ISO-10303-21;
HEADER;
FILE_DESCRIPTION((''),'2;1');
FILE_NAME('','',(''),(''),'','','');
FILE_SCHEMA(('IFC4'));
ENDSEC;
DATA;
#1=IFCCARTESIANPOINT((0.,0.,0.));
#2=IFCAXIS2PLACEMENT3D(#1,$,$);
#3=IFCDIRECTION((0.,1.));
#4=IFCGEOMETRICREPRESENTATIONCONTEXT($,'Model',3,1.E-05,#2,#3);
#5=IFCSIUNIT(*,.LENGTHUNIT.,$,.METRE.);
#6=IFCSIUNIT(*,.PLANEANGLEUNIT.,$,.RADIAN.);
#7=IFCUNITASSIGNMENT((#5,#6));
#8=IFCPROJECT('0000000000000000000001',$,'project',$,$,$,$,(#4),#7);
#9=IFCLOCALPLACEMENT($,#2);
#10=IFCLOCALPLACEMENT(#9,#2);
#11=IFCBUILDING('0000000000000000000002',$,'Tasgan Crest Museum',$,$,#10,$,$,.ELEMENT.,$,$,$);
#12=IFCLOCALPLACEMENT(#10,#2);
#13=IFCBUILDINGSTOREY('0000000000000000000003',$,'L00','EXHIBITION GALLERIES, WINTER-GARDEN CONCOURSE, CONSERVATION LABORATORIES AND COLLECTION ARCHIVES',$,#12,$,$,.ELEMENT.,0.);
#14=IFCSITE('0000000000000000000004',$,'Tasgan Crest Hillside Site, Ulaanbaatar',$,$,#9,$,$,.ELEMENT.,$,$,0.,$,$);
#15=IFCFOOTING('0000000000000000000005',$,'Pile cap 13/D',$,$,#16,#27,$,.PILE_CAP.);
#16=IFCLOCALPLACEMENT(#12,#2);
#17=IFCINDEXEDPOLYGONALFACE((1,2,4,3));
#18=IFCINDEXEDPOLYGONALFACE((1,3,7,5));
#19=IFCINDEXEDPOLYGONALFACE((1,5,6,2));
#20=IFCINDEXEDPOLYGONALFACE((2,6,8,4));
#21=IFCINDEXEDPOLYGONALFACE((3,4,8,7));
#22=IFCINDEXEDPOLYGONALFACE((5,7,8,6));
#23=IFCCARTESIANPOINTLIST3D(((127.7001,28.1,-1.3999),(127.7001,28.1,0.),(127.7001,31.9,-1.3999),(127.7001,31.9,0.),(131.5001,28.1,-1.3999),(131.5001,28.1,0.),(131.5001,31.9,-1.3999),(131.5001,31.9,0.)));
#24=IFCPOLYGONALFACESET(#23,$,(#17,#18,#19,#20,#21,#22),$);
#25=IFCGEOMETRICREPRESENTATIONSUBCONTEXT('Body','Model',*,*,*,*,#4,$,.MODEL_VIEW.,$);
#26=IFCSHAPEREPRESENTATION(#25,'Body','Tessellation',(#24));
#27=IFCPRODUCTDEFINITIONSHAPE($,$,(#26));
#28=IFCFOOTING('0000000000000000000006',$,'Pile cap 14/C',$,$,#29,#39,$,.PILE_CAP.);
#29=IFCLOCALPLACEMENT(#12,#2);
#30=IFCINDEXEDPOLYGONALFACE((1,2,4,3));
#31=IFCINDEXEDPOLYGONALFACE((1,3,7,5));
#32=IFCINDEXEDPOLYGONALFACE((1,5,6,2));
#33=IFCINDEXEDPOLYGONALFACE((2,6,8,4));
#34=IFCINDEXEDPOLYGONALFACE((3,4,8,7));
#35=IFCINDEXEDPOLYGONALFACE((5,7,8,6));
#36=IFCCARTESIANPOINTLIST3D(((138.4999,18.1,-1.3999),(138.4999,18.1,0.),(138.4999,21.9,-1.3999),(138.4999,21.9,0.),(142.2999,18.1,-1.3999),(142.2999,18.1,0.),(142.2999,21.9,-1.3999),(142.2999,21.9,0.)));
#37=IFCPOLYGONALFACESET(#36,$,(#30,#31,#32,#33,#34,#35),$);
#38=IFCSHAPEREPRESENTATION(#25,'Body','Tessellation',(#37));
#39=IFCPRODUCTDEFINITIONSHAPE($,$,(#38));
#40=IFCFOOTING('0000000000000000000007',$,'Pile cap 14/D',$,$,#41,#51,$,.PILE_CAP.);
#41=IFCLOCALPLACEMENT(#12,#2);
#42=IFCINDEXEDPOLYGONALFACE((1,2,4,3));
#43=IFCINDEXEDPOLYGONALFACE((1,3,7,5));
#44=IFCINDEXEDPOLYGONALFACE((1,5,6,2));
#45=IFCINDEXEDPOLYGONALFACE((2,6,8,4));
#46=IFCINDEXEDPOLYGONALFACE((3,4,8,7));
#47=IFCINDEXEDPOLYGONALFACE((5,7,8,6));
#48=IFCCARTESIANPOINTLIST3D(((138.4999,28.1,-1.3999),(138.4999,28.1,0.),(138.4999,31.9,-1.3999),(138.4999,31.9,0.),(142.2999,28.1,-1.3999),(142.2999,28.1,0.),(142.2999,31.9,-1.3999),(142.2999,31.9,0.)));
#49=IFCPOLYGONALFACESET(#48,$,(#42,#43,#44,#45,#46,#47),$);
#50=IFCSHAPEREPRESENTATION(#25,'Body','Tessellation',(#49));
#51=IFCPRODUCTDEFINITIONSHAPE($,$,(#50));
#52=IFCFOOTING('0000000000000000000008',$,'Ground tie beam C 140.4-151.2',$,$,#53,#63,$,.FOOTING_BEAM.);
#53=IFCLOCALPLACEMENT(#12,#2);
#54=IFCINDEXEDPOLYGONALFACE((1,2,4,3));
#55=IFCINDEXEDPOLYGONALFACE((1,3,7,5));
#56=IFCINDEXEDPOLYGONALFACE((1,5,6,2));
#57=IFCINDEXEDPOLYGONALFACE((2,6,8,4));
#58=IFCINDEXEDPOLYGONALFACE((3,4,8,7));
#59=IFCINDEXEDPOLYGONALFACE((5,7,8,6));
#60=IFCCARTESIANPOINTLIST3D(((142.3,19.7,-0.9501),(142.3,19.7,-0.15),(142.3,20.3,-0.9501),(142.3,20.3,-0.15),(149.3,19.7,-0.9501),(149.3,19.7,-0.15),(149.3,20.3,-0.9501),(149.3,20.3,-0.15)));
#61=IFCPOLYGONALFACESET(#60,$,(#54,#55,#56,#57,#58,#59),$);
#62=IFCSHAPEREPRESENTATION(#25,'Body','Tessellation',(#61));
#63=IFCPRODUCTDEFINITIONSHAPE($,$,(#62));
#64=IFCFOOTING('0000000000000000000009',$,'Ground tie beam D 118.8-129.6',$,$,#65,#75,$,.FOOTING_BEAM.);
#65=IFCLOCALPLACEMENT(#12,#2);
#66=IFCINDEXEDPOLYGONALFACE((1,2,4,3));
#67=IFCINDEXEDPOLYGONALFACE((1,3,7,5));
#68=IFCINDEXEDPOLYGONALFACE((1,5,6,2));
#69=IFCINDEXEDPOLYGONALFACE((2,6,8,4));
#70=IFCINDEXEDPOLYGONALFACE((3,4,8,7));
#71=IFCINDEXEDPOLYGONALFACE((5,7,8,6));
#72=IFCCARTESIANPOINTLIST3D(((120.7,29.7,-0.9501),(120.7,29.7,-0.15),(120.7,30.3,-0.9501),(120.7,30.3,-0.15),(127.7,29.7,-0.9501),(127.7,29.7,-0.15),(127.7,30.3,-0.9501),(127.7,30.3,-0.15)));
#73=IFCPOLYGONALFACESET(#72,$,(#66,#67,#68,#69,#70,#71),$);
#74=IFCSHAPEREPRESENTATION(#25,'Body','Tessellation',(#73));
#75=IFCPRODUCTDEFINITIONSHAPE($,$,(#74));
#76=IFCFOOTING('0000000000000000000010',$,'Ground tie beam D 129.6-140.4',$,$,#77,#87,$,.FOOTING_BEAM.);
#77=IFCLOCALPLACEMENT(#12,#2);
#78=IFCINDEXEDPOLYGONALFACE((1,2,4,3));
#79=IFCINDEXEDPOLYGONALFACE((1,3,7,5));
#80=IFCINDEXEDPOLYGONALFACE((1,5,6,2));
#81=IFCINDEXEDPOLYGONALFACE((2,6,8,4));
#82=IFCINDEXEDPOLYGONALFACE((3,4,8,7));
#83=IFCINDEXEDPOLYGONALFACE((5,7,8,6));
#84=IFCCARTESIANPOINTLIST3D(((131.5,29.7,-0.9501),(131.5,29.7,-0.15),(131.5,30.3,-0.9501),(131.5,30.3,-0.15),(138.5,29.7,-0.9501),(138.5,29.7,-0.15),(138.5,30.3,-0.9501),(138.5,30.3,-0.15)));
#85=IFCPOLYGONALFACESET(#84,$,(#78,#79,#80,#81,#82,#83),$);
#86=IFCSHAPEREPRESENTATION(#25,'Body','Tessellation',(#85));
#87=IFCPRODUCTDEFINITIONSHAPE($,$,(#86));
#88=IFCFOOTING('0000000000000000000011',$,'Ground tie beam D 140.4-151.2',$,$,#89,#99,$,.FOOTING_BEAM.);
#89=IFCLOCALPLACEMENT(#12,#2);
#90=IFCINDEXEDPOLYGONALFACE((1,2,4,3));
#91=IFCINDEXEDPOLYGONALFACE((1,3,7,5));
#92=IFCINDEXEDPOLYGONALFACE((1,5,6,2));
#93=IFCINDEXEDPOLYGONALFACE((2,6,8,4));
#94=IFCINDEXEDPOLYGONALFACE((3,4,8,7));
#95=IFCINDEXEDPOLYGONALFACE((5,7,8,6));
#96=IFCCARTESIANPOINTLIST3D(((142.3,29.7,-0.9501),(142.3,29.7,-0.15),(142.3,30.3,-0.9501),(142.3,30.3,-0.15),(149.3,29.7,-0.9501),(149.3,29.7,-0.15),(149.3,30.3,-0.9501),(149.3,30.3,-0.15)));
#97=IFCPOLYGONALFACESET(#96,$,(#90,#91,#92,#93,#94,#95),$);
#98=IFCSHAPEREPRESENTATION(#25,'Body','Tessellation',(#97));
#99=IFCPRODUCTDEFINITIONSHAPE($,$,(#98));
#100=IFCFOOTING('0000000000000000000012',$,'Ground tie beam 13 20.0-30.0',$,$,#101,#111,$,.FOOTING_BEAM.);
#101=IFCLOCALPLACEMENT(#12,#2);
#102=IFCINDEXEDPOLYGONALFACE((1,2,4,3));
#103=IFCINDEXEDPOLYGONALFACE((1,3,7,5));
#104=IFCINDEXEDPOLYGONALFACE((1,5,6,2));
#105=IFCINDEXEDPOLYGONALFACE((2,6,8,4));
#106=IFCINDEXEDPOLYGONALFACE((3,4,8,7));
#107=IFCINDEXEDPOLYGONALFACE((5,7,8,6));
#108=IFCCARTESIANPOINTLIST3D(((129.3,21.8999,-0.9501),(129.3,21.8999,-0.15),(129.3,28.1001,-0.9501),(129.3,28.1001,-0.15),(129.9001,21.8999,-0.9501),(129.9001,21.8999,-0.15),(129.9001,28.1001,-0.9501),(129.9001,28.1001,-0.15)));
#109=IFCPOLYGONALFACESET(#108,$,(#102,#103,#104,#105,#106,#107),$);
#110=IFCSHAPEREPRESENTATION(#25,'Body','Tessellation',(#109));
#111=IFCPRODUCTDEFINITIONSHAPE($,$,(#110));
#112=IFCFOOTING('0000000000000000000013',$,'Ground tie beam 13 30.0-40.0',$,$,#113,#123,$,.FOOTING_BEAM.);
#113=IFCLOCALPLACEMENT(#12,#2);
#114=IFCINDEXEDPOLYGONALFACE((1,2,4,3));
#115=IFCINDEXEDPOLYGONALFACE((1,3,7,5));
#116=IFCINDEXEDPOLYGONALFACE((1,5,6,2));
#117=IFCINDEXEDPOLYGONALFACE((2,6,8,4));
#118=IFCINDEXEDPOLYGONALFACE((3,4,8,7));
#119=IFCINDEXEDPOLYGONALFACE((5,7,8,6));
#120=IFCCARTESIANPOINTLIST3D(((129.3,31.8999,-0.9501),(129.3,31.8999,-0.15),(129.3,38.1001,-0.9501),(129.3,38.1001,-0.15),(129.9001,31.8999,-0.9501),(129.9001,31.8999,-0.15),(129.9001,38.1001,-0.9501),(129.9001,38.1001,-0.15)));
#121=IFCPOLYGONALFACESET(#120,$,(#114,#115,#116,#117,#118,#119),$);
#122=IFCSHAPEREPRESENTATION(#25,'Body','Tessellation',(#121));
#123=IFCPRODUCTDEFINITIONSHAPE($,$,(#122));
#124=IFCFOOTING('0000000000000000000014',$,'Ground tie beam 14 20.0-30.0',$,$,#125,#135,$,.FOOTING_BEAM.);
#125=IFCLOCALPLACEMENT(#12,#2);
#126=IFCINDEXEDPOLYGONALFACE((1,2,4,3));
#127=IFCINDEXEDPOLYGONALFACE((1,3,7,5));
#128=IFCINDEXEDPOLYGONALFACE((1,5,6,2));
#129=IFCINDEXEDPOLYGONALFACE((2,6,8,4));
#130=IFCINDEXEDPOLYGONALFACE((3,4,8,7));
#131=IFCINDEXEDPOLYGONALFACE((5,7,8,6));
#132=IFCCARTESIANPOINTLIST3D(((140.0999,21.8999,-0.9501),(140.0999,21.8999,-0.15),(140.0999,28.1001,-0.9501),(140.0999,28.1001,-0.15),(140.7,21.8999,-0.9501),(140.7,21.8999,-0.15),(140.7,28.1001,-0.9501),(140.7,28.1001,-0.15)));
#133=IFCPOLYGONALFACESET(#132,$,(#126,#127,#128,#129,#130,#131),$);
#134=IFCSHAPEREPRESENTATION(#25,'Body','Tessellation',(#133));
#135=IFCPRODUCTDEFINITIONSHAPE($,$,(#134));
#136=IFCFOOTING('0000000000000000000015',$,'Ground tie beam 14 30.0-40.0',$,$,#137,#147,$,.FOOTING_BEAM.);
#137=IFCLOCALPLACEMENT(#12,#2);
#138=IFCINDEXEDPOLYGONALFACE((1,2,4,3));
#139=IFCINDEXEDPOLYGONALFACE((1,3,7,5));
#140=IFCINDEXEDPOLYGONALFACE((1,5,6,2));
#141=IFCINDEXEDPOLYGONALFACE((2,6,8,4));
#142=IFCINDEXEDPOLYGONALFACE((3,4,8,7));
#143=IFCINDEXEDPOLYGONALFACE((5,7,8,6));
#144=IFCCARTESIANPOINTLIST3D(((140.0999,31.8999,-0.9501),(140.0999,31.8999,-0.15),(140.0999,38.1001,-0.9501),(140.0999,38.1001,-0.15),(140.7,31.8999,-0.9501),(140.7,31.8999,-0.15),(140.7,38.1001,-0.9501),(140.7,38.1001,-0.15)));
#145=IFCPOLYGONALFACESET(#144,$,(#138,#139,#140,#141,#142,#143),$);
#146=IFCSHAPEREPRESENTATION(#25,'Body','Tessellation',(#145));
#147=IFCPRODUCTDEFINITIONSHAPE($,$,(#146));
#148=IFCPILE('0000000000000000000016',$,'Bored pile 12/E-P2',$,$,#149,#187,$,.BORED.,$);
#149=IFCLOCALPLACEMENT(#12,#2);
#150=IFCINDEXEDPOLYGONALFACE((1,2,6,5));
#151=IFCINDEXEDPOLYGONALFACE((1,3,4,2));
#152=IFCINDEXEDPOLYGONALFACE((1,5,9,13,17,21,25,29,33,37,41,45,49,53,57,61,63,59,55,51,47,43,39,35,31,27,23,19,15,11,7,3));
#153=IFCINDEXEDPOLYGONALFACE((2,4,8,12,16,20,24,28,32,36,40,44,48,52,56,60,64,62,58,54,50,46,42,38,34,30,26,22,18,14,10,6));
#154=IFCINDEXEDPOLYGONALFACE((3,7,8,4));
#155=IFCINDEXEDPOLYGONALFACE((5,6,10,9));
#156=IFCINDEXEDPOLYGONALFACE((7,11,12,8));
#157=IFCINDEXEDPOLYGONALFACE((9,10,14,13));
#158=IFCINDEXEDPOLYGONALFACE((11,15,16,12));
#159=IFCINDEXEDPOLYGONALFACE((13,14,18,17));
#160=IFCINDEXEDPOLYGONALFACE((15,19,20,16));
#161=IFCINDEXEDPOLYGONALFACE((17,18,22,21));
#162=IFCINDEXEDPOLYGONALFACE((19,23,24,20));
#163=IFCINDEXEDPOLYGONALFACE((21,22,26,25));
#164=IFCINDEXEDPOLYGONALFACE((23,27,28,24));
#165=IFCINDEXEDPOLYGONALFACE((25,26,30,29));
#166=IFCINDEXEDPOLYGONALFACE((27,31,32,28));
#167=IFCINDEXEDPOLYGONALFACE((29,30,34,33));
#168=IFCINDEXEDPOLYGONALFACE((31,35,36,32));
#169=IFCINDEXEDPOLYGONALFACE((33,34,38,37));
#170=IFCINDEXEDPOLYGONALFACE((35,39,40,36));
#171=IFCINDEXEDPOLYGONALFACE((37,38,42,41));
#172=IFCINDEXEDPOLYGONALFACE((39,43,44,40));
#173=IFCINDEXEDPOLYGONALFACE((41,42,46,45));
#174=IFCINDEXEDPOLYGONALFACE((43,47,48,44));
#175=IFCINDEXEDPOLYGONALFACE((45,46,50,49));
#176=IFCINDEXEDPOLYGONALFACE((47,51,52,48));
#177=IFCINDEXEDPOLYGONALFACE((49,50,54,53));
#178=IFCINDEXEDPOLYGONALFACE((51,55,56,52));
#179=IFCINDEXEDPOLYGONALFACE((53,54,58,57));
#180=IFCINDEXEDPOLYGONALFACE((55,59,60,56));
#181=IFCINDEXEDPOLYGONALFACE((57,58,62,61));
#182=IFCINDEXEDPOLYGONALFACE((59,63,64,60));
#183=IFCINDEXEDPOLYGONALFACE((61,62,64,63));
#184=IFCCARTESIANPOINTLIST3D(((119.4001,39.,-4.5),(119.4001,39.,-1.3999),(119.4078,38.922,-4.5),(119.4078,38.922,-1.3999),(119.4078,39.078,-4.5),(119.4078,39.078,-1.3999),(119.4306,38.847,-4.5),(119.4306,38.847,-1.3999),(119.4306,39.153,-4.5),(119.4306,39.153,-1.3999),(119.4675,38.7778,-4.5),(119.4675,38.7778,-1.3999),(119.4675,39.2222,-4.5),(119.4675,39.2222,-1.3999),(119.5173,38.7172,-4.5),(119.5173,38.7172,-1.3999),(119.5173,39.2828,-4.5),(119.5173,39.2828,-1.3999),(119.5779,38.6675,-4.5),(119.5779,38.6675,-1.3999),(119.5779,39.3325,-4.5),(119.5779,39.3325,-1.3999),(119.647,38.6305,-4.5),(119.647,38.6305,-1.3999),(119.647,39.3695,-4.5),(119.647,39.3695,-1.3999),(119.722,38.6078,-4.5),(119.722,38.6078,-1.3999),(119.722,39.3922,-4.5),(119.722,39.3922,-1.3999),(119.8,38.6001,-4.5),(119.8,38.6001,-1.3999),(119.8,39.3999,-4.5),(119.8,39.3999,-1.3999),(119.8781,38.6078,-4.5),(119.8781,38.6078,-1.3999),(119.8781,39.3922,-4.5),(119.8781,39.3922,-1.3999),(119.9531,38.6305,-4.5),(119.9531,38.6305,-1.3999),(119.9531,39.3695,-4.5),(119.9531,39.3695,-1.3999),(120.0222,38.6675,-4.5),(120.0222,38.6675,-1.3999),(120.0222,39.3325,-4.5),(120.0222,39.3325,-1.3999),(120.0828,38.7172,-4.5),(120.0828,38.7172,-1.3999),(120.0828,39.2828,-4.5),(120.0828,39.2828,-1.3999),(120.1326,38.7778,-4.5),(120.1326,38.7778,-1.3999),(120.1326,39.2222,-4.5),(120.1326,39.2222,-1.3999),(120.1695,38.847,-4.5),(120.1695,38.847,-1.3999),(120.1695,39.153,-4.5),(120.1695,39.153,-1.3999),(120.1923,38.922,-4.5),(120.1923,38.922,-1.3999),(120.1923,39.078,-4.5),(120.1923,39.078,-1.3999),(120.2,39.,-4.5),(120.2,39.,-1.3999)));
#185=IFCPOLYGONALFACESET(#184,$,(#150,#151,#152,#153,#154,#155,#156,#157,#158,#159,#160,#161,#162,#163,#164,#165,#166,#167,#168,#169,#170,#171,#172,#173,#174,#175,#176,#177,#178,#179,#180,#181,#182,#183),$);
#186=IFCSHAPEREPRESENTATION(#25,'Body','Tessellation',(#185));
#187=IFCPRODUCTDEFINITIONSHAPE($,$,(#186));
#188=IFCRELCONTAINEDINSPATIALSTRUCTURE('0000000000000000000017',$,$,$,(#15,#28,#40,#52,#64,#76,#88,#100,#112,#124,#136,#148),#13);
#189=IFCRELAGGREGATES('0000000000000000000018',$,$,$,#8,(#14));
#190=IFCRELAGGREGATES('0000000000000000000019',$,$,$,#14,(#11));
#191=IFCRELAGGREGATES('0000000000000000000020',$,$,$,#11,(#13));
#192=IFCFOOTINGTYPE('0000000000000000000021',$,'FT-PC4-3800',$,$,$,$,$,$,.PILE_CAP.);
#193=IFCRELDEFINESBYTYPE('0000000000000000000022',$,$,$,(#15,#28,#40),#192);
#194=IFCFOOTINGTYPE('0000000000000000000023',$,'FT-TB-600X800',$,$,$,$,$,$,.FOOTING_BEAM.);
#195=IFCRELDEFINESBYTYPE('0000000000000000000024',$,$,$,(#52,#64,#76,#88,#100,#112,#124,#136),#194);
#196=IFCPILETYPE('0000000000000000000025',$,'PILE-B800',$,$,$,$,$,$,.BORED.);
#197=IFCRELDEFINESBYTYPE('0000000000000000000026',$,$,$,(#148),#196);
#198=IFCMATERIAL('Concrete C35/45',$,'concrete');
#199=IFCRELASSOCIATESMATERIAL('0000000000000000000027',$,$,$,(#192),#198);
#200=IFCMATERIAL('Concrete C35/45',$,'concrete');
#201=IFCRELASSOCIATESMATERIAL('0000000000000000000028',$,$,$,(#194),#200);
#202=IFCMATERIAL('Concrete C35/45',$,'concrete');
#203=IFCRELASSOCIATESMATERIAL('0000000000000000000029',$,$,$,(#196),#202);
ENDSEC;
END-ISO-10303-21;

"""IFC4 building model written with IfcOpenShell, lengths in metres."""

from ifc_helpers import new_model, si_unit, direction, frame, origin, origin_2d, place, context, subcontext, project, spatial, rectangle, circle, extrude, material, material_profile, profile_set, type_object, element, save


model = new_model("IFC4")

# Units and contexts
model_context = context("Model", 3, precision=1e-05, world=origin(), true_north=direction((0.0, 1.0)))
body_context = subcontext(model_context, "Body", "Model", "MODEL_VIEW")
ifc_project = project(units=[si_unit("LENGTHUNIT", "METRE"), si_unit("PLANEANGLEUNIT", "RADIAN")], contexts=[model_context])

# Site, building, storey
site_placement = place(None, origin())
site = spatial("IfcSite", under=ifc_project, at=site_placement, Name="Tasgan Crest Hillside Site, Ulaanbaatar", CompositionType="ELEMENT", RefElevation=0.0)
building_placement = place(site_placement, origin())
building = spatial("IfcBuilding", under=site, at=building_placement, Name="Tasgan Crest Museum", CompositionType="ELEMENT")
storey_placement = place(building_placement, origin())
storey = spatial("IfcBuildingStorey", under=building, at=storey_placement, Name="L00", Description="EXHIBITION GALLERIES, WINTER-GARDEN CONCOURSE, CONSERVATION LABORATORIES AND COLLECTION ARCHIVES", CompositionType="ELEMENT", Elevation=0.0)

# Footings
ifc_material_1 = material(Name="Concrete C35/45", Category="concrete")
footing_type_1 = type_object("IfcFootingType", Name="FT-PC4-3800", PredefinedType="PILE_CAP", material=ifc_material_1)
for number, where, z_axis, x_axis, name in (
    (1, (129.6001, 30.0, -1.3999), (0.0, 0.0, 1.0), (1.0, 0.0, 0.0), "Pile cap 13/D"),
    (2, (140.3999, 20.0, -1.3999), (0.0, 0.0, 1.0), (1.0, 0.0, 0.0), "Pile cap 14/C"),
    (3, (140.3999, 30.0, -1.3999), (0.0, 0.0, 1.0), (1.0, 0.0, 0.0), "Pile cap 14/D"),
):
    element("IfcFooting", number, at=place(storey_placement, frame(where, z_axis=z_axis, x_axis=x_axis)), inside=storey, type_object=footing_type_1, Name=name, PredefinedType="PILE_CAP", context=body_context, shape_type="SweptSolid", body=[
        extrude(rectangle(XDim=3.8, YDim=3.8, at=origin_2d()), origin(), (0.0, 0.0, 1.0), 1.3999),
    ])
ifc_material_2 = material(Name="Concrete C35/45", Category="concrete")
ifc_material_profile_1 = material_profile(ifc_material_2, rectangle(XDim=0.6001, YDim=0.8, at=origin_2d()), Name="TB 600x800")
ifc_profile_set_1 = profile_set([ifc_material_profile_1], Name="Concrete C35/45")
footing_type_2 = type_object("IfcFootingType", Name="FT-TB-600X800", PredefinedType="FOOTING_BEAM", material=ifc_profile_set_1)
for number, where, z_axis, x_axis, name in (
    (4, (142.3, 20.0, -0.55), (1.0, 0.0, 0.0), (0.0, 1.0, 0.0), "Ground tie beam C 140.4-151.2"),
    (5, (120.7, 30.0, -0.55), (1.0, 0.0, 0.0), (0.0, 1.0, 0.0), "Ground tie beam D 118.8-129.6"),
    (6, (131.5, 30.0, -0.55), (1.0, 0.0, 0.0), (0.0, 1.0, 0.0), "Ground tie beam D 129.6-140.4"),
    (7, (142.3, 30.0, -0.55), (1.0, 0.0, 0.0), (0.0, 1.0, 0.0), "Ground tie beam D 140.4-151.2"),
):
    element("IfcFooting", number, at=place(storey_placement, frame(where, z_axis=z_axis, x_axis=x_axis)), inside=storey, type_object=footing_type_2, Name=name, PredefinedType="FOOTING_BEAM", context=body_context, shape_type="SweptSolid", body=[
        extrude(rectangle(XDim=0.6001, YDim=0.8, at=origin_2d()), origin(), (0.0, 0.0, 1.0), 7.0),
    ])
for number, where, z_axis, x_axis, name in (
    (8, (129.6001, 21.8999, -0.55), (0.0, 1.0, 0.0), (-1.0, 0.0, 0.0), "Ground tie beam 13 20.0-30.0"),
    (9, (129.6001, 31.8999, -0.55), (0.0, 1.0, 0.0), (-1.0, 0.0, 0.0), "Ground tie beam 13 30.0-40.0"),
    (10, (140.3999, 21.8999, -0.55), (0.0, 1.0, 0.0), (-1.0, 0.0, 0.0), "Ground tie beam 14 20.0-30.0"),
    (11, (140.3999, 31.8999, -0.55), (0.0, 1.0, 0.0), (-1.0, 0.0, 0.0), "Ground tie beam 14 30.0-40.0"),
):
    element("IfcFooting", number, at=place(storey_placement, frame(where, z_axis=z_axis, x_axis=x_axis)), inside=storey, type_object=footing_type_2, Name=name, PredefinedType="FOOTING_BEAM", context=body_context, shape_type="SweptSolid", body=[
        extrude(rectangle(XDim=0.6001, YDim=0.8, at=origin_2d()), origin(), (0.0, 0.0, 1.0), 6.2002),
    ])

# Pile
ifc_material_3 = material(Name="Concrete C35/45", Category="concrete")
ifc_material_profile_2 = material_profile(ifc_material_3, circle(Radius=0.3999, at=origin_2d()), Name="PILE D800")
ifc_profile_set_2 = profile_set([ifc_material_profile_2], Name="Concrete C35/45")
pile_type = type_object("IfcPileType", Name="PILE-B800", PredefinedType="BORED", material=ifc_profile_set_2)
pile_placement = place(storey_placement, frame((119.8, 39.0, -1.3999), z_axis=(0.0, 0.0, -1.0), x_axis=(1.0, 0.0, 0.0)))
element("IfcPile", 12, at=pile_placement, inside=storey, type_object=pile_type, Name="Bored pile 12/E-P2", PredefinedType="BORED", context=body_context, shape_type="SweptSolid", body=[
    extrude(circle(Radius=0.3999, at=origin_2d()), origin(), (0.0, 0.0, 1.0), 3.1001),
])

save(model, "model.ifc")
